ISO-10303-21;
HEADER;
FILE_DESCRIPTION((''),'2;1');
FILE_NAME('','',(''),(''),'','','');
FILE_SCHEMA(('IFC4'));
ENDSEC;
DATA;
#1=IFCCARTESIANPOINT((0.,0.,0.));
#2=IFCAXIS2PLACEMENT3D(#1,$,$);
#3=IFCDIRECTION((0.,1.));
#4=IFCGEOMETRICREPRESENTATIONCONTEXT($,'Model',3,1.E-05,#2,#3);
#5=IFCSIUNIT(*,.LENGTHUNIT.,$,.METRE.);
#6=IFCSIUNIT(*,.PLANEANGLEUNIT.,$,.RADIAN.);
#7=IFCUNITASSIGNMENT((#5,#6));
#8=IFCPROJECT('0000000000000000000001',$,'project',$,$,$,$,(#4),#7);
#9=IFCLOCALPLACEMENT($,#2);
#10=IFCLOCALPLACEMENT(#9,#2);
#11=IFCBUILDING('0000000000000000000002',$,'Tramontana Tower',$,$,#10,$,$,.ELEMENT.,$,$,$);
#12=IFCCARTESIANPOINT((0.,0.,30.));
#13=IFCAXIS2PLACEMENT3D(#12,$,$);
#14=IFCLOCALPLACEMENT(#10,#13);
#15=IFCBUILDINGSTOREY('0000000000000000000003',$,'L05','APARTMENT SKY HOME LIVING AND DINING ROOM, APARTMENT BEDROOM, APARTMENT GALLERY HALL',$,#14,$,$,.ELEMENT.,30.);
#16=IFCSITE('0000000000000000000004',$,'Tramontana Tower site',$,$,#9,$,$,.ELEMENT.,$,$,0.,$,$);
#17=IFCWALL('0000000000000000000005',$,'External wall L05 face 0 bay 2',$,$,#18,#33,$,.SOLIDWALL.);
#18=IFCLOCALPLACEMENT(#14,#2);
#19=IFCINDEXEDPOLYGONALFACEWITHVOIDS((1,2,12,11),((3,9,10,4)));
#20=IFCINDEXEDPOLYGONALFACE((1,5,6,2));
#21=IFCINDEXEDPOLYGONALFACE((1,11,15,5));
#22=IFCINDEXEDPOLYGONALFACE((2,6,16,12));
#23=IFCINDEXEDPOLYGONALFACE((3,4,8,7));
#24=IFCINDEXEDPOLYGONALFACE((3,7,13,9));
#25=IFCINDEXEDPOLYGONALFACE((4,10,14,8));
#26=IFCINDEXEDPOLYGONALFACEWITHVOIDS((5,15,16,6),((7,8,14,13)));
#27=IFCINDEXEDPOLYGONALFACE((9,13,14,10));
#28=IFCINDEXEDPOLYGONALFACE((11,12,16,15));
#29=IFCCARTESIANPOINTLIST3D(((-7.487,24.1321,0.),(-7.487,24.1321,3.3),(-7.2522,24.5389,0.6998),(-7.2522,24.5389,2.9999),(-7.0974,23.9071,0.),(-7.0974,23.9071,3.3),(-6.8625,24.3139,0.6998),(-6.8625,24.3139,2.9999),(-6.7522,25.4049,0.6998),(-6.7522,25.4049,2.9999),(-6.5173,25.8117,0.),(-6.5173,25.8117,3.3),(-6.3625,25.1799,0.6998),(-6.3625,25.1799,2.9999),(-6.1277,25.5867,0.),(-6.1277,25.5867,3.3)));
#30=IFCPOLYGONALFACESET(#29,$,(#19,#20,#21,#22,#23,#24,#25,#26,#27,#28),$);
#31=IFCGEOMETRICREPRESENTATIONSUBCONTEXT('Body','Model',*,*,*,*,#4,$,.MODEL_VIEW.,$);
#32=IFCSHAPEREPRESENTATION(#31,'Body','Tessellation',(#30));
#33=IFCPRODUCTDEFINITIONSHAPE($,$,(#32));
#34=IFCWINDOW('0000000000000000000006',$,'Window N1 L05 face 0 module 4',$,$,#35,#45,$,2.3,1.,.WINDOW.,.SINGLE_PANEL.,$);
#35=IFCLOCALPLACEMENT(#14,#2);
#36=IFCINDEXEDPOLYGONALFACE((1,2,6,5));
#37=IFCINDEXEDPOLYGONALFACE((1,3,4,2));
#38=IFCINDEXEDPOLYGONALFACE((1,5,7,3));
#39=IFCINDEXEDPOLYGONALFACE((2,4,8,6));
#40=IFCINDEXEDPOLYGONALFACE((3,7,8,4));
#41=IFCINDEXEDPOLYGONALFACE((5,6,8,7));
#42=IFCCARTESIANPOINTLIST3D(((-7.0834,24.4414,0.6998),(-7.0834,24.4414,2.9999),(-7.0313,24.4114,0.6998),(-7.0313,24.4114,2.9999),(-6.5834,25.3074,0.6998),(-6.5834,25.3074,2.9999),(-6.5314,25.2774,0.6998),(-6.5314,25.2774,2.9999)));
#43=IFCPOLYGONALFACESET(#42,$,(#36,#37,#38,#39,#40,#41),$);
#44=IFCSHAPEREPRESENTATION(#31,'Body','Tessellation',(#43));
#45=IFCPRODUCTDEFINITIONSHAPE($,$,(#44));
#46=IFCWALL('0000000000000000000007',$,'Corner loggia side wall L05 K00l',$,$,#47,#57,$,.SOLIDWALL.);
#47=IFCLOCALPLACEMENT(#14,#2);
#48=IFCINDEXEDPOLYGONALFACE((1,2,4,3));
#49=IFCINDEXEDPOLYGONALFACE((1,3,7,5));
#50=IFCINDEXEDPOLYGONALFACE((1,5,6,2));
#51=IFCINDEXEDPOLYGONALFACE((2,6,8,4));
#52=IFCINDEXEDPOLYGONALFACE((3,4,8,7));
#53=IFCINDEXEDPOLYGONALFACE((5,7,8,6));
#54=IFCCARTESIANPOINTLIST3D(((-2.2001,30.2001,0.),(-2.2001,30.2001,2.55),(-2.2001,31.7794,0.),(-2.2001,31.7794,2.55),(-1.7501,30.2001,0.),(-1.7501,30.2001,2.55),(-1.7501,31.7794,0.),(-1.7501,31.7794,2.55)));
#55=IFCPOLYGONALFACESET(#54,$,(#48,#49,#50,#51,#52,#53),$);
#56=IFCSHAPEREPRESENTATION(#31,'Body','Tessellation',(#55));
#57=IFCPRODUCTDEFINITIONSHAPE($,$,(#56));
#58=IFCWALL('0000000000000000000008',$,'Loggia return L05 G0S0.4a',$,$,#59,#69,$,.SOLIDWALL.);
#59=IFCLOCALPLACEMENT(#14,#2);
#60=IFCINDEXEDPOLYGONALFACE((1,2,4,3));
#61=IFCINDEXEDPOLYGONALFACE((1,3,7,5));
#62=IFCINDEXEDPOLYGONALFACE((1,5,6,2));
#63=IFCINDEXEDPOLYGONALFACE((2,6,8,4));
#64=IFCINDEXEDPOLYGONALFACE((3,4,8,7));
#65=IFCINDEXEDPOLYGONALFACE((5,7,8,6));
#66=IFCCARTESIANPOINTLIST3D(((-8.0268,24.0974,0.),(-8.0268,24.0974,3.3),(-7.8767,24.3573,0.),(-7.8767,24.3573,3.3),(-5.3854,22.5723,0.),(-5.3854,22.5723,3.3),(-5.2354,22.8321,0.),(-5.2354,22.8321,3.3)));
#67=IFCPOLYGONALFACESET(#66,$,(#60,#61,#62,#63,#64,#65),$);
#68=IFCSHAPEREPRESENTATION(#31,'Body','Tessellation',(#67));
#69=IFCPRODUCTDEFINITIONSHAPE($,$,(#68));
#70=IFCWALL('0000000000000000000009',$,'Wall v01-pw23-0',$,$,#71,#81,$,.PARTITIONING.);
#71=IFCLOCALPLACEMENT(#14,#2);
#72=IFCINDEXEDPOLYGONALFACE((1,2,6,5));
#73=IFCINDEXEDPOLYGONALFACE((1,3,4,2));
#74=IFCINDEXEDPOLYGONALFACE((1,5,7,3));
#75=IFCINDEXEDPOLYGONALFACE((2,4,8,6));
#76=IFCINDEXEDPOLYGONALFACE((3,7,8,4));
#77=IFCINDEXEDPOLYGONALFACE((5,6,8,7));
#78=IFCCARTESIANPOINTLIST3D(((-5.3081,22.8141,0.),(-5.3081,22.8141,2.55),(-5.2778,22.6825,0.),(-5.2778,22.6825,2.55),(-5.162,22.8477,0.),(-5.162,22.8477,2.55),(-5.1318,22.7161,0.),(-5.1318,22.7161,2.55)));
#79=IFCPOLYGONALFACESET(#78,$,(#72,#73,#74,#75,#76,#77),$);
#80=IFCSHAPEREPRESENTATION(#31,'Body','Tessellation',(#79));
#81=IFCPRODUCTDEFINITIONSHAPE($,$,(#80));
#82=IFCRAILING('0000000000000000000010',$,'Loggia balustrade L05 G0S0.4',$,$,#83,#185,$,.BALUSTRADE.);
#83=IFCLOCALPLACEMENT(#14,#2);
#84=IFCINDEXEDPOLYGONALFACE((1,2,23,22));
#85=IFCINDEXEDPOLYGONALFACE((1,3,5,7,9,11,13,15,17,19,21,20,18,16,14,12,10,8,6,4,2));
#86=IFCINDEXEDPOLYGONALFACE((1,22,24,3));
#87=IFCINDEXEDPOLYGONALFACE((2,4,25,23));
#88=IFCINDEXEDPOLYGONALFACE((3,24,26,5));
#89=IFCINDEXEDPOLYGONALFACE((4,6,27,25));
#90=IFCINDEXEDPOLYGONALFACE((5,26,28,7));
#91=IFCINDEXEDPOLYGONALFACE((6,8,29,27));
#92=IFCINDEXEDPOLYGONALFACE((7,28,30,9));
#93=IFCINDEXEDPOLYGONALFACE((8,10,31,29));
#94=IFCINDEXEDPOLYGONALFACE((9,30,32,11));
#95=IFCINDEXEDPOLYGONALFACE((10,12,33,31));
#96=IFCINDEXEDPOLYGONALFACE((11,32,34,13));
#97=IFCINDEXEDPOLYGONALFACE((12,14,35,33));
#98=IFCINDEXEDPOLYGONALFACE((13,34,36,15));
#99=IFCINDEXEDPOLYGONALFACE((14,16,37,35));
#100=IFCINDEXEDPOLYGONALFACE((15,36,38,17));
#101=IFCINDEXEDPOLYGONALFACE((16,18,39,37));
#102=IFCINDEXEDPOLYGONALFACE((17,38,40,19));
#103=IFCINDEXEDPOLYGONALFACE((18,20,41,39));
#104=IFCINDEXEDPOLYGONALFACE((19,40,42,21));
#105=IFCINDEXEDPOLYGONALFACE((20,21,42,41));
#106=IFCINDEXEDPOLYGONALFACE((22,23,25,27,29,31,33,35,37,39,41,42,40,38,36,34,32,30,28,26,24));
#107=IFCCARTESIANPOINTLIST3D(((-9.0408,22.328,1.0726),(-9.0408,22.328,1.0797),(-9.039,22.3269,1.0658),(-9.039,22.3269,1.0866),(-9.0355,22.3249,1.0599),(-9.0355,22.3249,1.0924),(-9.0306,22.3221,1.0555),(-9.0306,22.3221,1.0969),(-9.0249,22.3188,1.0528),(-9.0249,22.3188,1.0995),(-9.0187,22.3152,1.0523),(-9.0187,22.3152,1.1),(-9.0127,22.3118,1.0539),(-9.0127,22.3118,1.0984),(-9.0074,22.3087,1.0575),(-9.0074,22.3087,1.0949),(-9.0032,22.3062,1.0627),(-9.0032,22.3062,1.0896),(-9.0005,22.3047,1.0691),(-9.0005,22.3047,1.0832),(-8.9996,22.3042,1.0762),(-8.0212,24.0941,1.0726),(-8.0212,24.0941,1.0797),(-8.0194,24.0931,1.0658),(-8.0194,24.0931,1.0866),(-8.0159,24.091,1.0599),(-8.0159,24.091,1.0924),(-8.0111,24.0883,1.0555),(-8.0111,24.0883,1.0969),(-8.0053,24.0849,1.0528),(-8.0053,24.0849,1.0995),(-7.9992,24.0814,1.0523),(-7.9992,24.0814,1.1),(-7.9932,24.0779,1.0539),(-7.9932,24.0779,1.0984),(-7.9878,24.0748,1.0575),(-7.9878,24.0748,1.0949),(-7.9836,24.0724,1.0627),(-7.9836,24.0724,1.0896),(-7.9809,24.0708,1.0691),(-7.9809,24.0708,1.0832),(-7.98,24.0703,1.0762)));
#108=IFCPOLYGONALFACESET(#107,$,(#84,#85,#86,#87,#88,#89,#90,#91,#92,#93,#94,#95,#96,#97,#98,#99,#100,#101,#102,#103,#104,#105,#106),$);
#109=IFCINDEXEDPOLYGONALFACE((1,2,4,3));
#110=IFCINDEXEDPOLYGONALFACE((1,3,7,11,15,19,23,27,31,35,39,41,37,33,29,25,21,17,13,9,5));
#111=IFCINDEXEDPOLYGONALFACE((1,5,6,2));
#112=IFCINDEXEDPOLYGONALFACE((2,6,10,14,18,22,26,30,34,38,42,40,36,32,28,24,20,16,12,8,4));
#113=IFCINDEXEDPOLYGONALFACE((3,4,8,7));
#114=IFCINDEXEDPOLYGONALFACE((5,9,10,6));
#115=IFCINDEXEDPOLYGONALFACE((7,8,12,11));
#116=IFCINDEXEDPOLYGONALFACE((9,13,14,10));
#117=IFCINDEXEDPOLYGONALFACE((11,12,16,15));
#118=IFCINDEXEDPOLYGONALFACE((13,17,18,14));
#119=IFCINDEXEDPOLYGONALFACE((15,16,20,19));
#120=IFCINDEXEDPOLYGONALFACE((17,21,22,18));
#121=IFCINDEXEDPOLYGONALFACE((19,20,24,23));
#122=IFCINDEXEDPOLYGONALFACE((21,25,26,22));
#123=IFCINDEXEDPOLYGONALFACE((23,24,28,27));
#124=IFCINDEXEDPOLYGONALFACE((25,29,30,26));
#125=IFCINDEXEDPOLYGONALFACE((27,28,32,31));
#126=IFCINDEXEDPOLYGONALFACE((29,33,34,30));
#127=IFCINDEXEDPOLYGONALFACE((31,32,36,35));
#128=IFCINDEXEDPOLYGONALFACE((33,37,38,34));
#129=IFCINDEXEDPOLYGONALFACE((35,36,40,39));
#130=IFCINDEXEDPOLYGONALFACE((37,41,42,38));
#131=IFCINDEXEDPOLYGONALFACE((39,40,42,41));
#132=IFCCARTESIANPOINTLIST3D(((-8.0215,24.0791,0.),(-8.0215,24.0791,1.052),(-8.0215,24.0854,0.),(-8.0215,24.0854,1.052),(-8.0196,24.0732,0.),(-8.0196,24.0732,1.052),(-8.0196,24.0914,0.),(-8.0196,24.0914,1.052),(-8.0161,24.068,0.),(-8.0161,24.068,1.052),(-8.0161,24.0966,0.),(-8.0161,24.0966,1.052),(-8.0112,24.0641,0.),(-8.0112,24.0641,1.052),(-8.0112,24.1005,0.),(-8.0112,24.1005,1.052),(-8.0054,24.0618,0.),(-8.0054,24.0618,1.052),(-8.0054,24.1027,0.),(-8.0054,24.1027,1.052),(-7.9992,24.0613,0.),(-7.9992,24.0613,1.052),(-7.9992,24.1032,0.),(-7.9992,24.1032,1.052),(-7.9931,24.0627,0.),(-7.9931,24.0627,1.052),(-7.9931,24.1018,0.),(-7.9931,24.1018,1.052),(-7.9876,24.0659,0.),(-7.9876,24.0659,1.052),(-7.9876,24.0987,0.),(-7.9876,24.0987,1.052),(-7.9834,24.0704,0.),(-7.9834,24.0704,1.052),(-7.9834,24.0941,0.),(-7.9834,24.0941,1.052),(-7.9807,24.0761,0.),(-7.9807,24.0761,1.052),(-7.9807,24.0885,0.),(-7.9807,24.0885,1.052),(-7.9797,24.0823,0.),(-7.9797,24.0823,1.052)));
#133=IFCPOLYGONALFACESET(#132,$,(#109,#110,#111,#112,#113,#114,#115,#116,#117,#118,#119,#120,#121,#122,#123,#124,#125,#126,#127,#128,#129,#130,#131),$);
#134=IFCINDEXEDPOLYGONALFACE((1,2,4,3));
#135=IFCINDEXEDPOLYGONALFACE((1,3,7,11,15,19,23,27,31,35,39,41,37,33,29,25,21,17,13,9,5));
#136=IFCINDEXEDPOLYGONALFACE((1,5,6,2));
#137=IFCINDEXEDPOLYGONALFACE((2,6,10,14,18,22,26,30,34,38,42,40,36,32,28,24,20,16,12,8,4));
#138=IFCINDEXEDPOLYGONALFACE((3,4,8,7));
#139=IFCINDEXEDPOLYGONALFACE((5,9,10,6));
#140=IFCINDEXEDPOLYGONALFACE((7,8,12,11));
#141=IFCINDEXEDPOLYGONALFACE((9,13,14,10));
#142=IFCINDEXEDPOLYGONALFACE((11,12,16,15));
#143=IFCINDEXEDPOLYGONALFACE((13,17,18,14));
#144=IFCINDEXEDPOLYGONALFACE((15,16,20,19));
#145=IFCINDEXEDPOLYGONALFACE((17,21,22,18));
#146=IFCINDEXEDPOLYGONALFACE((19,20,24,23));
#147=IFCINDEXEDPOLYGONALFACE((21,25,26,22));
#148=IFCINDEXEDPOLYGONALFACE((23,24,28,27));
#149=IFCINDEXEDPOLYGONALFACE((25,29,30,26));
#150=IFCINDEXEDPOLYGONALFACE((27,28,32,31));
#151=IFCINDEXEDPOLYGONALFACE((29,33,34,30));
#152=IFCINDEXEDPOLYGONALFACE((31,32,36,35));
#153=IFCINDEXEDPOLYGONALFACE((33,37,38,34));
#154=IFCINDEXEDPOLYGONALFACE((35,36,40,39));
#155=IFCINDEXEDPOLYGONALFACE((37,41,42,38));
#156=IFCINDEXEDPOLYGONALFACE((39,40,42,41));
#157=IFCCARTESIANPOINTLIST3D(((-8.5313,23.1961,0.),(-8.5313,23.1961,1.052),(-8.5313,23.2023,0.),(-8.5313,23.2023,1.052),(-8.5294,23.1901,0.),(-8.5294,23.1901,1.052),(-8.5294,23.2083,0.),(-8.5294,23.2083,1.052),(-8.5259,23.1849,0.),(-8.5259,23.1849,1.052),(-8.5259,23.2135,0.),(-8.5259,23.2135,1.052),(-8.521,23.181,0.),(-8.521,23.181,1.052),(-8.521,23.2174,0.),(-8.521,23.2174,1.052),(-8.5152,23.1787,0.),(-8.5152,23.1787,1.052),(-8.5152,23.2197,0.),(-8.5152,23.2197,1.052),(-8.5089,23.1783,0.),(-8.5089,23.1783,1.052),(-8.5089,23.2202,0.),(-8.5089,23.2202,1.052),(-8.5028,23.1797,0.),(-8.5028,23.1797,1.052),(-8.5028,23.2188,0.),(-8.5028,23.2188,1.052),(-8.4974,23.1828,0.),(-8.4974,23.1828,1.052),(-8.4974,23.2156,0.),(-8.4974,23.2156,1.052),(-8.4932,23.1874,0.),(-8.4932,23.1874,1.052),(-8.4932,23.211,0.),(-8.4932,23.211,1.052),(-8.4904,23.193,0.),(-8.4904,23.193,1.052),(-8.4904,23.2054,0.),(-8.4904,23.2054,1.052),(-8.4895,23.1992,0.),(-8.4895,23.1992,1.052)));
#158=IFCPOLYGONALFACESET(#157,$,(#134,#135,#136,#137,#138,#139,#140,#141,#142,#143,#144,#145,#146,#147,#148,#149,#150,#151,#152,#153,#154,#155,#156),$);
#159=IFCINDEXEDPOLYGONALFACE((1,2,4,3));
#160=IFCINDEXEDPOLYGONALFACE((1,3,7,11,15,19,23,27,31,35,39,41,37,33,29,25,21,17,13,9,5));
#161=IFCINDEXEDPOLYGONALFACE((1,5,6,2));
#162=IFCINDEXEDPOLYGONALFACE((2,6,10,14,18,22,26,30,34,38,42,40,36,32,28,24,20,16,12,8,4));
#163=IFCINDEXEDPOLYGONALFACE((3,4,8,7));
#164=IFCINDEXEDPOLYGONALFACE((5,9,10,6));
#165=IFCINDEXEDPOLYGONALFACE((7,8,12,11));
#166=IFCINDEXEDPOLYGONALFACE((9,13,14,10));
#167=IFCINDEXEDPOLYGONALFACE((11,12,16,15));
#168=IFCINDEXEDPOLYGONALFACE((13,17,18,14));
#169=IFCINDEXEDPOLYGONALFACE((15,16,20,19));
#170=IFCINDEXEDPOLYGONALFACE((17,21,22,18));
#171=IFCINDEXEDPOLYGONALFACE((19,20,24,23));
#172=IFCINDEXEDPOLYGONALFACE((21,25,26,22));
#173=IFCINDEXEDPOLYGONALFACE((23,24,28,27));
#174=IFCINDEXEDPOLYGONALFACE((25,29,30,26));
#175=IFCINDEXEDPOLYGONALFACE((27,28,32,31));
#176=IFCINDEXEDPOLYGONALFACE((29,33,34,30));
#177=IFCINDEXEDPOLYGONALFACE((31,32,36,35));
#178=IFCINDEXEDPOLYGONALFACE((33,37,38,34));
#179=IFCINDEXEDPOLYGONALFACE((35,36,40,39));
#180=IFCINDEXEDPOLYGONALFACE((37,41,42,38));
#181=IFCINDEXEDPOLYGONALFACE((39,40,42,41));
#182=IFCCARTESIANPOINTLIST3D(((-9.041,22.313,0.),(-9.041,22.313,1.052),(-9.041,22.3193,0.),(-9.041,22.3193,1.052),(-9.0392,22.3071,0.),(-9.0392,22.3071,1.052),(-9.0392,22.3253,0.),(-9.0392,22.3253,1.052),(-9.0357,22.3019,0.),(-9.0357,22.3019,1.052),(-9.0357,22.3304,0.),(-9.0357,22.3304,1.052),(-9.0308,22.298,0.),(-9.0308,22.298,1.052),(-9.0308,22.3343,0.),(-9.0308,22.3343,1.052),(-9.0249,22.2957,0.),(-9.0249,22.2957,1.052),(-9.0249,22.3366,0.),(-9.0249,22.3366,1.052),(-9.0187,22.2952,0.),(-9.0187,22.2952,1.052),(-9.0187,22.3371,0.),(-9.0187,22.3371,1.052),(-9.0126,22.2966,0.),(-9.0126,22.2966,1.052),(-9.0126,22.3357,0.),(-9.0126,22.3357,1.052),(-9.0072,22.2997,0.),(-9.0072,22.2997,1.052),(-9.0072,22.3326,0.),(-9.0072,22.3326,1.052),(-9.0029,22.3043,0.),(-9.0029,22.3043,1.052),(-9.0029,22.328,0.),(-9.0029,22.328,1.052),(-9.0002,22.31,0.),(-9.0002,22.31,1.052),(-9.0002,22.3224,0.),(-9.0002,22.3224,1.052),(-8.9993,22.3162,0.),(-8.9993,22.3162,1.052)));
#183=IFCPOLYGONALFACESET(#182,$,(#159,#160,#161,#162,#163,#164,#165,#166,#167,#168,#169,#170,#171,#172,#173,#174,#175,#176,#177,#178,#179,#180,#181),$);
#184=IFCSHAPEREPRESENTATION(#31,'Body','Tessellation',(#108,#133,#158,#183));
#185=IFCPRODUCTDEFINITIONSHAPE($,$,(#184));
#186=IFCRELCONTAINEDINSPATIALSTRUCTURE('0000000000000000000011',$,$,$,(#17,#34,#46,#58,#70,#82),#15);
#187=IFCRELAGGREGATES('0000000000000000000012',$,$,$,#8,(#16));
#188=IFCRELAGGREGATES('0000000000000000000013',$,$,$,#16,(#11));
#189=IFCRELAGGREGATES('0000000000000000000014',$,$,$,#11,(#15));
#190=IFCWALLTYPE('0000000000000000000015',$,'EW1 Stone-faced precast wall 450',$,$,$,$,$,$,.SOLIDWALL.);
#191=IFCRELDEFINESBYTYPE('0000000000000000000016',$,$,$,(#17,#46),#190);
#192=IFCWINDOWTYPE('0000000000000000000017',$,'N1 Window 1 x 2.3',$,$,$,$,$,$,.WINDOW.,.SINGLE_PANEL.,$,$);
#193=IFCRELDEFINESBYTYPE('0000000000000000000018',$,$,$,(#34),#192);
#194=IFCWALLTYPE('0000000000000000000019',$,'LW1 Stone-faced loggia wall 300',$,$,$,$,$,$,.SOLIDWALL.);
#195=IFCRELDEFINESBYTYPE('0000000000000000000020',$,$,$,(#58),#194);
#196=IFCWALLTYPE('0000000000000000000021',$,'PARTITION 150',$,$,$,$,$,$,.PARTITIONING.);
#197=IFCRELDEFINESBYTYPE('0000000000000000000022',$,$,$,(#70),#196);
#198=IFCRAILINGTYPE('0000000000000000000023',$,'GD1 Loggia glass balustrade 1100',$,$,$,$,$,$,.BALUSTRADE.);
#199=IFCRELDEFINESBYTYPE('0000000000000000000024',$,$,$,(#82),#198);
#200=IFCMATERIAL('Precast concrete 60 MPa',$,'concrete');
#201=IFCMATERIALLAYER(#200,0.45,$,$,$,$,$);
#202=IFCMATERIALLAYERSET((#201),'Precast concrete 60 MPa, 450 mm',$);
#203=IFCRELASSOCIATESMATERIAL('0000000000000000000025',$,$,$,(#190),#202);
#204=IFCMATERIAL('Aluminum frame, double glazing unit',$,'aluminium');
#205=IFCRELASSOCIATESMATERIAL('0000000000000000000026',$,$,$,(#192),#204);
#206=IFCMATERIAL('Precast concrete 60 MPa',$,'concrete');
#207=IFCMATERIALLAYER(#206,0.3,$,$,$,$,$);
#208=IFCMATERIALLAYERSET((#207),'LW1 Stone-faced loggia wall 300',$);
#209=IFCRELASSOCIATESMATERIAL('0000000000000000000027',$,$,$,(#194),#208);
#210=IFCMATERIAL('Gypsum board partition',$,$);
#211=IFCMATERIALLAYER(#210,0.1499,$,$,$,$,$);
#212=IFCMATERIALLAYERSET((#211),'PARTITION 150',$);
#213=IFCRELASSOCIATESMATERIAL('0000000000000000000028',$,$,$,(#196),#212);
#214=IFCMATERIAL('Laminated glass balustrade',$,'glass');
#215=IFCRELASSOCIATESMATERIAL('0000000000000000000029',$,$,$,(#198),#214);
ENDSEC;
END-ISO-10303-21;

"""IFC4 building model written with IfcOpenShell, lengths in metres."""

from ifc_helpers import new_model, si_unit, direction, frame, frame_2d, origin, origin_2d, place, context, subcontext, project, spatial, rectangle, circle, extrude, material, layer, layer_set, type_object, element, fill, save


model = new_model("IFC4")

# Units and contexts
model_context = context("Model", 3, precision=1e-05, world=origin(), true_north=direction((0.0, 1.0)))
body_context = subcontext(model_context, "Body", "Model", "MODEL_VIEW")
ifc_project = project(units=[si_unit("LENGTHUNIT", "METRE"), si_unit("PLANEANGLEUNIT", "RADIAN")], contexts=[model_context])

# Site, building, storey
site_placement = place(None, origin())
site = spatial("IfcSite", under=ifc_project, at=site_placement, Name="Tramontana Tower site", CompositionType="ELEMENT", RefElevation=0.0)
building_placement = place(site_placement, origin())
building = spatial("IfcBuilding", under=site, at=building_placement, Name="Tramontana Tower", CompositionType="ELEMENT")
storey_placement = place(building_placement, frame((0.0, 0.0, 30.0)))
storey = spatial("IfcBuildingStorey", under=building, at=storey_placement, Name="L05", Description="APARTMENT SKY HOME LIVING AND DINING ROOM, APARTMENT BEDROOM, APARTMENT GALLERY HALL", CompositionType="ELEMENT", Elevation=30.0)

# Shared definitions
ifc_material_1 = material(Name="Precast concrete 60 MPa", Category="concrete")
ifc_layer_1 = layer(ifc_material_1, 0.45)
ifc_layer_set_1 = layer_set([ifc_layer_1], Name="Precast concrete 60 MPa, 450 mm")
wall_type_1 = type_object("IfcWallType", Name="EW1 Stone-faced precast wall 450", PredefinedType="SOLIDWALL", material=ifc_layer_set_1)

# Wall, opening, window
wall_1_placement = place(storey_placement, frame((-6.3225, 25.6992, 0.0), z_axis=(0.0, 0.0, 1.0), x_axis=(-0.499984, -0.866035, 0.0)))
wall_1 = element("IfcWall", 1, at=wall_1_placement, inside=storey, type_object=wall_type_1, Name="External wall L05 face 0 bay 2", PredefinedType="SOLIDWALL", context=body_context, shape_type="SweptSolid", body=[
    extrude(rectangle(XDim=1.9395, YDim=0.45, at=frame_2d((0.9697, 0.0))), origin(), (0.0, 0.0, 1.0), 3.3),
])
opening_1_placement = place(wall_1_placement, frame((0.4697, 0.0, 0.7)))
opening_1 = element("IfcOpeningElement", 2, at=opening_1_placement, cuts=wall_1, PredefinedType="OPENING", context=body_context, shape_type="SweptSolid", body=[
    extrude(rectangle(XDim=1.0, YDim=2.3, at=frame_2d((0.5, 1.1499))), frame((0.0, 0.2349, 0.0), z_axis=(0.0, -1.0, 0.0), x_axis=(1.0, 0.0, 0.0)), (0.0, 0.0, 1.0), 0.47),
])
ifc_material_2 = material(Name="Aluminum frame, double glazing unit", Category="aluminium")
window_type_1 = type_object("IfcWindowType", Name="N1 Window 1 x 2.3", PartitioningType="SINGLE_PANEL", PredefinedType="WINDOW", material=ifc_material_2)
window_1_placement = place(opening_1_placement, origin())
window_1 = element("IfcWindow", 3, at=window_1_placement, inside=storey, type_object=window_type_1, Name="Window N1 L05 face 0 module 4", OverallHeight=2.3, OverallWidth=1.0, PartitioningType="SINGLE_PANEL", PredefinedType="WINDOW", context=body_context, shape_type="SweptSolid", body=[
    extrude(rectangle(XDim=1.0, YDim=2.3, at=frame_2d((0.5, 1.1499))), frame((0.0, 0.03, 0.0), z_axis=(0.0, -1.0, 0.0), x_axis=(1.0, 0.0, 0.0)), (0.0, 0.0, 1.0), 0.0601),
])
fill(opening_1, window_1)

# Wall
wall_2_placement = place(storey_placement, frame((-1.9751, 31.7793, 0.0), z_axis=(0.0, 0.0, 1.0), x_axis=(0.0, -1.0, 0.0)))
element("IfcWall", 4, at=wall_2_placement, inside=storey, type_object=wall_type_1, Name="Corner loggia side wall L05 K00l", PredefinedType="SOLIDWALL", context=body_context, shape_type="SweptSolid", body=[
    extrude(rectangle(XDim=1.5793, YDim=0.45, at=frame_2d((0.7896, 0.0))), origin(), (0.0, 0.0, 1.0), 2.55),
])

# Walls
ifc_material_3 = material(Name="Precast concrete 60 MPa", Category="concrete")
ifc_layer_2 = layer(ifc_material_3, 0.3)
ifc_layer_set_2 = layer_set([ifc_layer_2], Name="LW1 Stone-faced loggia wall 300")
wall_type_2 = type_object("IfcWallType", Name="LW1 Stone-faced loggia wall 300", PredefinedType="SOLIDWALL", material=ifc_layer_set_2)
wall_3_placement = place(storey_placement, frame((-7.9517, 24.2273, 0.0), z_axis=(0.0, 0.0, 1.0), x_axis=(0.866003, -0.500039, 0.0)))
element("IfcWall", 5, at=wall_3_placement, inside=storey, type_object=wall_type_2, Name="Loggia return L05 G0S0.4a", PredefinedType="SOLIDWALL", context=body_context, shape_type="SweptSolid", body=[
    extrude(rectangle(XDim=3.05, YDim=0.3, at=frame_2d((1.5249, 0.0))), origin(), (0.0, 0.0, 1.0), 3.3),
])
ifc_material_4 = material(Name="Gypsum board partition")
ifc_layer_3 = layer(ifc_material_4, 0.1499)
ifc_layer_set_3 = layer_set([ifc_layer_3], Name="PARTITION 150")
wall_type_3 = type_object("IfcWallType", Name="PARTITION 150", PredefinedType="PARTITIONING", material=ifc_layer_set_3)
wall_4_placement = place(storey_placement, frame((-5.2048, 22.6995, 0.0), z_axis=(0.0, 0.0, 1.0), x_axis=(-0.224199, 0.974543, 0.0)))
element("IfcWall", 6, at=wall_4_placement, inside=storey, type_object=wall_type_3, Name="Wall v01-pw23-0", PredefinedType="PARTITIONING", context=body_context, shape_type="SweptSolid", body=[
    extrude(rectangle(XDim=0.135, YDim=0.1499, at=frame_2d((0.0674, 0.0))), origin(), (0.0, 0.0, 1.0), 2.55),
])

# Railing
ifc_material_5 = material(Name="Laminated glass balustrade", Category="glass")
railing_type = type_object("IfcRailingType", Name="GD1 Loggia glass balustrade 1100", PredefinedType="BALUSTRADE", material=ifc_material_5)
railing_1_placement = place(storey_placement, frame((-8.0007, 24.0823, 0.0)))
element("IfcRailing", 7, at=railing_1_placement, inside=storey, type_object=railing_type, Name="Loggia balustrade L05 G0S0.4", PredefinedType="BALUSTRADE", context=body_context, shape_type="SweptSolid", body=[
    extrude(circle(Radius=0.0239, at=origin_2d()), frame((0.0, 0.0, 1.0762), z_axis=(-0.49995, -0.866054, 0.0), x_axis=(0.866054, -0.49995, 0.0)), (0.0, 0.0, 1.0), 2.0393),
    extrude(circle(Radius=0.021, at=origin_2d()), origin(), (0.0, 0.0, 1.0), 1.052),
    extrude(circle(Radius=0.021, at=origin_2d()), frame((-0.5098, -0.8831, 0.0)), (0.0, 0.0, 1.0), 1.052),
    extrude(circle(Radius=0.021, at=origin_2d()), frame((-1.0195, -1.7661, 0.0)), (0.0, 0.0, 1.0), 1.052),
])

save(model, "model.ifc")
